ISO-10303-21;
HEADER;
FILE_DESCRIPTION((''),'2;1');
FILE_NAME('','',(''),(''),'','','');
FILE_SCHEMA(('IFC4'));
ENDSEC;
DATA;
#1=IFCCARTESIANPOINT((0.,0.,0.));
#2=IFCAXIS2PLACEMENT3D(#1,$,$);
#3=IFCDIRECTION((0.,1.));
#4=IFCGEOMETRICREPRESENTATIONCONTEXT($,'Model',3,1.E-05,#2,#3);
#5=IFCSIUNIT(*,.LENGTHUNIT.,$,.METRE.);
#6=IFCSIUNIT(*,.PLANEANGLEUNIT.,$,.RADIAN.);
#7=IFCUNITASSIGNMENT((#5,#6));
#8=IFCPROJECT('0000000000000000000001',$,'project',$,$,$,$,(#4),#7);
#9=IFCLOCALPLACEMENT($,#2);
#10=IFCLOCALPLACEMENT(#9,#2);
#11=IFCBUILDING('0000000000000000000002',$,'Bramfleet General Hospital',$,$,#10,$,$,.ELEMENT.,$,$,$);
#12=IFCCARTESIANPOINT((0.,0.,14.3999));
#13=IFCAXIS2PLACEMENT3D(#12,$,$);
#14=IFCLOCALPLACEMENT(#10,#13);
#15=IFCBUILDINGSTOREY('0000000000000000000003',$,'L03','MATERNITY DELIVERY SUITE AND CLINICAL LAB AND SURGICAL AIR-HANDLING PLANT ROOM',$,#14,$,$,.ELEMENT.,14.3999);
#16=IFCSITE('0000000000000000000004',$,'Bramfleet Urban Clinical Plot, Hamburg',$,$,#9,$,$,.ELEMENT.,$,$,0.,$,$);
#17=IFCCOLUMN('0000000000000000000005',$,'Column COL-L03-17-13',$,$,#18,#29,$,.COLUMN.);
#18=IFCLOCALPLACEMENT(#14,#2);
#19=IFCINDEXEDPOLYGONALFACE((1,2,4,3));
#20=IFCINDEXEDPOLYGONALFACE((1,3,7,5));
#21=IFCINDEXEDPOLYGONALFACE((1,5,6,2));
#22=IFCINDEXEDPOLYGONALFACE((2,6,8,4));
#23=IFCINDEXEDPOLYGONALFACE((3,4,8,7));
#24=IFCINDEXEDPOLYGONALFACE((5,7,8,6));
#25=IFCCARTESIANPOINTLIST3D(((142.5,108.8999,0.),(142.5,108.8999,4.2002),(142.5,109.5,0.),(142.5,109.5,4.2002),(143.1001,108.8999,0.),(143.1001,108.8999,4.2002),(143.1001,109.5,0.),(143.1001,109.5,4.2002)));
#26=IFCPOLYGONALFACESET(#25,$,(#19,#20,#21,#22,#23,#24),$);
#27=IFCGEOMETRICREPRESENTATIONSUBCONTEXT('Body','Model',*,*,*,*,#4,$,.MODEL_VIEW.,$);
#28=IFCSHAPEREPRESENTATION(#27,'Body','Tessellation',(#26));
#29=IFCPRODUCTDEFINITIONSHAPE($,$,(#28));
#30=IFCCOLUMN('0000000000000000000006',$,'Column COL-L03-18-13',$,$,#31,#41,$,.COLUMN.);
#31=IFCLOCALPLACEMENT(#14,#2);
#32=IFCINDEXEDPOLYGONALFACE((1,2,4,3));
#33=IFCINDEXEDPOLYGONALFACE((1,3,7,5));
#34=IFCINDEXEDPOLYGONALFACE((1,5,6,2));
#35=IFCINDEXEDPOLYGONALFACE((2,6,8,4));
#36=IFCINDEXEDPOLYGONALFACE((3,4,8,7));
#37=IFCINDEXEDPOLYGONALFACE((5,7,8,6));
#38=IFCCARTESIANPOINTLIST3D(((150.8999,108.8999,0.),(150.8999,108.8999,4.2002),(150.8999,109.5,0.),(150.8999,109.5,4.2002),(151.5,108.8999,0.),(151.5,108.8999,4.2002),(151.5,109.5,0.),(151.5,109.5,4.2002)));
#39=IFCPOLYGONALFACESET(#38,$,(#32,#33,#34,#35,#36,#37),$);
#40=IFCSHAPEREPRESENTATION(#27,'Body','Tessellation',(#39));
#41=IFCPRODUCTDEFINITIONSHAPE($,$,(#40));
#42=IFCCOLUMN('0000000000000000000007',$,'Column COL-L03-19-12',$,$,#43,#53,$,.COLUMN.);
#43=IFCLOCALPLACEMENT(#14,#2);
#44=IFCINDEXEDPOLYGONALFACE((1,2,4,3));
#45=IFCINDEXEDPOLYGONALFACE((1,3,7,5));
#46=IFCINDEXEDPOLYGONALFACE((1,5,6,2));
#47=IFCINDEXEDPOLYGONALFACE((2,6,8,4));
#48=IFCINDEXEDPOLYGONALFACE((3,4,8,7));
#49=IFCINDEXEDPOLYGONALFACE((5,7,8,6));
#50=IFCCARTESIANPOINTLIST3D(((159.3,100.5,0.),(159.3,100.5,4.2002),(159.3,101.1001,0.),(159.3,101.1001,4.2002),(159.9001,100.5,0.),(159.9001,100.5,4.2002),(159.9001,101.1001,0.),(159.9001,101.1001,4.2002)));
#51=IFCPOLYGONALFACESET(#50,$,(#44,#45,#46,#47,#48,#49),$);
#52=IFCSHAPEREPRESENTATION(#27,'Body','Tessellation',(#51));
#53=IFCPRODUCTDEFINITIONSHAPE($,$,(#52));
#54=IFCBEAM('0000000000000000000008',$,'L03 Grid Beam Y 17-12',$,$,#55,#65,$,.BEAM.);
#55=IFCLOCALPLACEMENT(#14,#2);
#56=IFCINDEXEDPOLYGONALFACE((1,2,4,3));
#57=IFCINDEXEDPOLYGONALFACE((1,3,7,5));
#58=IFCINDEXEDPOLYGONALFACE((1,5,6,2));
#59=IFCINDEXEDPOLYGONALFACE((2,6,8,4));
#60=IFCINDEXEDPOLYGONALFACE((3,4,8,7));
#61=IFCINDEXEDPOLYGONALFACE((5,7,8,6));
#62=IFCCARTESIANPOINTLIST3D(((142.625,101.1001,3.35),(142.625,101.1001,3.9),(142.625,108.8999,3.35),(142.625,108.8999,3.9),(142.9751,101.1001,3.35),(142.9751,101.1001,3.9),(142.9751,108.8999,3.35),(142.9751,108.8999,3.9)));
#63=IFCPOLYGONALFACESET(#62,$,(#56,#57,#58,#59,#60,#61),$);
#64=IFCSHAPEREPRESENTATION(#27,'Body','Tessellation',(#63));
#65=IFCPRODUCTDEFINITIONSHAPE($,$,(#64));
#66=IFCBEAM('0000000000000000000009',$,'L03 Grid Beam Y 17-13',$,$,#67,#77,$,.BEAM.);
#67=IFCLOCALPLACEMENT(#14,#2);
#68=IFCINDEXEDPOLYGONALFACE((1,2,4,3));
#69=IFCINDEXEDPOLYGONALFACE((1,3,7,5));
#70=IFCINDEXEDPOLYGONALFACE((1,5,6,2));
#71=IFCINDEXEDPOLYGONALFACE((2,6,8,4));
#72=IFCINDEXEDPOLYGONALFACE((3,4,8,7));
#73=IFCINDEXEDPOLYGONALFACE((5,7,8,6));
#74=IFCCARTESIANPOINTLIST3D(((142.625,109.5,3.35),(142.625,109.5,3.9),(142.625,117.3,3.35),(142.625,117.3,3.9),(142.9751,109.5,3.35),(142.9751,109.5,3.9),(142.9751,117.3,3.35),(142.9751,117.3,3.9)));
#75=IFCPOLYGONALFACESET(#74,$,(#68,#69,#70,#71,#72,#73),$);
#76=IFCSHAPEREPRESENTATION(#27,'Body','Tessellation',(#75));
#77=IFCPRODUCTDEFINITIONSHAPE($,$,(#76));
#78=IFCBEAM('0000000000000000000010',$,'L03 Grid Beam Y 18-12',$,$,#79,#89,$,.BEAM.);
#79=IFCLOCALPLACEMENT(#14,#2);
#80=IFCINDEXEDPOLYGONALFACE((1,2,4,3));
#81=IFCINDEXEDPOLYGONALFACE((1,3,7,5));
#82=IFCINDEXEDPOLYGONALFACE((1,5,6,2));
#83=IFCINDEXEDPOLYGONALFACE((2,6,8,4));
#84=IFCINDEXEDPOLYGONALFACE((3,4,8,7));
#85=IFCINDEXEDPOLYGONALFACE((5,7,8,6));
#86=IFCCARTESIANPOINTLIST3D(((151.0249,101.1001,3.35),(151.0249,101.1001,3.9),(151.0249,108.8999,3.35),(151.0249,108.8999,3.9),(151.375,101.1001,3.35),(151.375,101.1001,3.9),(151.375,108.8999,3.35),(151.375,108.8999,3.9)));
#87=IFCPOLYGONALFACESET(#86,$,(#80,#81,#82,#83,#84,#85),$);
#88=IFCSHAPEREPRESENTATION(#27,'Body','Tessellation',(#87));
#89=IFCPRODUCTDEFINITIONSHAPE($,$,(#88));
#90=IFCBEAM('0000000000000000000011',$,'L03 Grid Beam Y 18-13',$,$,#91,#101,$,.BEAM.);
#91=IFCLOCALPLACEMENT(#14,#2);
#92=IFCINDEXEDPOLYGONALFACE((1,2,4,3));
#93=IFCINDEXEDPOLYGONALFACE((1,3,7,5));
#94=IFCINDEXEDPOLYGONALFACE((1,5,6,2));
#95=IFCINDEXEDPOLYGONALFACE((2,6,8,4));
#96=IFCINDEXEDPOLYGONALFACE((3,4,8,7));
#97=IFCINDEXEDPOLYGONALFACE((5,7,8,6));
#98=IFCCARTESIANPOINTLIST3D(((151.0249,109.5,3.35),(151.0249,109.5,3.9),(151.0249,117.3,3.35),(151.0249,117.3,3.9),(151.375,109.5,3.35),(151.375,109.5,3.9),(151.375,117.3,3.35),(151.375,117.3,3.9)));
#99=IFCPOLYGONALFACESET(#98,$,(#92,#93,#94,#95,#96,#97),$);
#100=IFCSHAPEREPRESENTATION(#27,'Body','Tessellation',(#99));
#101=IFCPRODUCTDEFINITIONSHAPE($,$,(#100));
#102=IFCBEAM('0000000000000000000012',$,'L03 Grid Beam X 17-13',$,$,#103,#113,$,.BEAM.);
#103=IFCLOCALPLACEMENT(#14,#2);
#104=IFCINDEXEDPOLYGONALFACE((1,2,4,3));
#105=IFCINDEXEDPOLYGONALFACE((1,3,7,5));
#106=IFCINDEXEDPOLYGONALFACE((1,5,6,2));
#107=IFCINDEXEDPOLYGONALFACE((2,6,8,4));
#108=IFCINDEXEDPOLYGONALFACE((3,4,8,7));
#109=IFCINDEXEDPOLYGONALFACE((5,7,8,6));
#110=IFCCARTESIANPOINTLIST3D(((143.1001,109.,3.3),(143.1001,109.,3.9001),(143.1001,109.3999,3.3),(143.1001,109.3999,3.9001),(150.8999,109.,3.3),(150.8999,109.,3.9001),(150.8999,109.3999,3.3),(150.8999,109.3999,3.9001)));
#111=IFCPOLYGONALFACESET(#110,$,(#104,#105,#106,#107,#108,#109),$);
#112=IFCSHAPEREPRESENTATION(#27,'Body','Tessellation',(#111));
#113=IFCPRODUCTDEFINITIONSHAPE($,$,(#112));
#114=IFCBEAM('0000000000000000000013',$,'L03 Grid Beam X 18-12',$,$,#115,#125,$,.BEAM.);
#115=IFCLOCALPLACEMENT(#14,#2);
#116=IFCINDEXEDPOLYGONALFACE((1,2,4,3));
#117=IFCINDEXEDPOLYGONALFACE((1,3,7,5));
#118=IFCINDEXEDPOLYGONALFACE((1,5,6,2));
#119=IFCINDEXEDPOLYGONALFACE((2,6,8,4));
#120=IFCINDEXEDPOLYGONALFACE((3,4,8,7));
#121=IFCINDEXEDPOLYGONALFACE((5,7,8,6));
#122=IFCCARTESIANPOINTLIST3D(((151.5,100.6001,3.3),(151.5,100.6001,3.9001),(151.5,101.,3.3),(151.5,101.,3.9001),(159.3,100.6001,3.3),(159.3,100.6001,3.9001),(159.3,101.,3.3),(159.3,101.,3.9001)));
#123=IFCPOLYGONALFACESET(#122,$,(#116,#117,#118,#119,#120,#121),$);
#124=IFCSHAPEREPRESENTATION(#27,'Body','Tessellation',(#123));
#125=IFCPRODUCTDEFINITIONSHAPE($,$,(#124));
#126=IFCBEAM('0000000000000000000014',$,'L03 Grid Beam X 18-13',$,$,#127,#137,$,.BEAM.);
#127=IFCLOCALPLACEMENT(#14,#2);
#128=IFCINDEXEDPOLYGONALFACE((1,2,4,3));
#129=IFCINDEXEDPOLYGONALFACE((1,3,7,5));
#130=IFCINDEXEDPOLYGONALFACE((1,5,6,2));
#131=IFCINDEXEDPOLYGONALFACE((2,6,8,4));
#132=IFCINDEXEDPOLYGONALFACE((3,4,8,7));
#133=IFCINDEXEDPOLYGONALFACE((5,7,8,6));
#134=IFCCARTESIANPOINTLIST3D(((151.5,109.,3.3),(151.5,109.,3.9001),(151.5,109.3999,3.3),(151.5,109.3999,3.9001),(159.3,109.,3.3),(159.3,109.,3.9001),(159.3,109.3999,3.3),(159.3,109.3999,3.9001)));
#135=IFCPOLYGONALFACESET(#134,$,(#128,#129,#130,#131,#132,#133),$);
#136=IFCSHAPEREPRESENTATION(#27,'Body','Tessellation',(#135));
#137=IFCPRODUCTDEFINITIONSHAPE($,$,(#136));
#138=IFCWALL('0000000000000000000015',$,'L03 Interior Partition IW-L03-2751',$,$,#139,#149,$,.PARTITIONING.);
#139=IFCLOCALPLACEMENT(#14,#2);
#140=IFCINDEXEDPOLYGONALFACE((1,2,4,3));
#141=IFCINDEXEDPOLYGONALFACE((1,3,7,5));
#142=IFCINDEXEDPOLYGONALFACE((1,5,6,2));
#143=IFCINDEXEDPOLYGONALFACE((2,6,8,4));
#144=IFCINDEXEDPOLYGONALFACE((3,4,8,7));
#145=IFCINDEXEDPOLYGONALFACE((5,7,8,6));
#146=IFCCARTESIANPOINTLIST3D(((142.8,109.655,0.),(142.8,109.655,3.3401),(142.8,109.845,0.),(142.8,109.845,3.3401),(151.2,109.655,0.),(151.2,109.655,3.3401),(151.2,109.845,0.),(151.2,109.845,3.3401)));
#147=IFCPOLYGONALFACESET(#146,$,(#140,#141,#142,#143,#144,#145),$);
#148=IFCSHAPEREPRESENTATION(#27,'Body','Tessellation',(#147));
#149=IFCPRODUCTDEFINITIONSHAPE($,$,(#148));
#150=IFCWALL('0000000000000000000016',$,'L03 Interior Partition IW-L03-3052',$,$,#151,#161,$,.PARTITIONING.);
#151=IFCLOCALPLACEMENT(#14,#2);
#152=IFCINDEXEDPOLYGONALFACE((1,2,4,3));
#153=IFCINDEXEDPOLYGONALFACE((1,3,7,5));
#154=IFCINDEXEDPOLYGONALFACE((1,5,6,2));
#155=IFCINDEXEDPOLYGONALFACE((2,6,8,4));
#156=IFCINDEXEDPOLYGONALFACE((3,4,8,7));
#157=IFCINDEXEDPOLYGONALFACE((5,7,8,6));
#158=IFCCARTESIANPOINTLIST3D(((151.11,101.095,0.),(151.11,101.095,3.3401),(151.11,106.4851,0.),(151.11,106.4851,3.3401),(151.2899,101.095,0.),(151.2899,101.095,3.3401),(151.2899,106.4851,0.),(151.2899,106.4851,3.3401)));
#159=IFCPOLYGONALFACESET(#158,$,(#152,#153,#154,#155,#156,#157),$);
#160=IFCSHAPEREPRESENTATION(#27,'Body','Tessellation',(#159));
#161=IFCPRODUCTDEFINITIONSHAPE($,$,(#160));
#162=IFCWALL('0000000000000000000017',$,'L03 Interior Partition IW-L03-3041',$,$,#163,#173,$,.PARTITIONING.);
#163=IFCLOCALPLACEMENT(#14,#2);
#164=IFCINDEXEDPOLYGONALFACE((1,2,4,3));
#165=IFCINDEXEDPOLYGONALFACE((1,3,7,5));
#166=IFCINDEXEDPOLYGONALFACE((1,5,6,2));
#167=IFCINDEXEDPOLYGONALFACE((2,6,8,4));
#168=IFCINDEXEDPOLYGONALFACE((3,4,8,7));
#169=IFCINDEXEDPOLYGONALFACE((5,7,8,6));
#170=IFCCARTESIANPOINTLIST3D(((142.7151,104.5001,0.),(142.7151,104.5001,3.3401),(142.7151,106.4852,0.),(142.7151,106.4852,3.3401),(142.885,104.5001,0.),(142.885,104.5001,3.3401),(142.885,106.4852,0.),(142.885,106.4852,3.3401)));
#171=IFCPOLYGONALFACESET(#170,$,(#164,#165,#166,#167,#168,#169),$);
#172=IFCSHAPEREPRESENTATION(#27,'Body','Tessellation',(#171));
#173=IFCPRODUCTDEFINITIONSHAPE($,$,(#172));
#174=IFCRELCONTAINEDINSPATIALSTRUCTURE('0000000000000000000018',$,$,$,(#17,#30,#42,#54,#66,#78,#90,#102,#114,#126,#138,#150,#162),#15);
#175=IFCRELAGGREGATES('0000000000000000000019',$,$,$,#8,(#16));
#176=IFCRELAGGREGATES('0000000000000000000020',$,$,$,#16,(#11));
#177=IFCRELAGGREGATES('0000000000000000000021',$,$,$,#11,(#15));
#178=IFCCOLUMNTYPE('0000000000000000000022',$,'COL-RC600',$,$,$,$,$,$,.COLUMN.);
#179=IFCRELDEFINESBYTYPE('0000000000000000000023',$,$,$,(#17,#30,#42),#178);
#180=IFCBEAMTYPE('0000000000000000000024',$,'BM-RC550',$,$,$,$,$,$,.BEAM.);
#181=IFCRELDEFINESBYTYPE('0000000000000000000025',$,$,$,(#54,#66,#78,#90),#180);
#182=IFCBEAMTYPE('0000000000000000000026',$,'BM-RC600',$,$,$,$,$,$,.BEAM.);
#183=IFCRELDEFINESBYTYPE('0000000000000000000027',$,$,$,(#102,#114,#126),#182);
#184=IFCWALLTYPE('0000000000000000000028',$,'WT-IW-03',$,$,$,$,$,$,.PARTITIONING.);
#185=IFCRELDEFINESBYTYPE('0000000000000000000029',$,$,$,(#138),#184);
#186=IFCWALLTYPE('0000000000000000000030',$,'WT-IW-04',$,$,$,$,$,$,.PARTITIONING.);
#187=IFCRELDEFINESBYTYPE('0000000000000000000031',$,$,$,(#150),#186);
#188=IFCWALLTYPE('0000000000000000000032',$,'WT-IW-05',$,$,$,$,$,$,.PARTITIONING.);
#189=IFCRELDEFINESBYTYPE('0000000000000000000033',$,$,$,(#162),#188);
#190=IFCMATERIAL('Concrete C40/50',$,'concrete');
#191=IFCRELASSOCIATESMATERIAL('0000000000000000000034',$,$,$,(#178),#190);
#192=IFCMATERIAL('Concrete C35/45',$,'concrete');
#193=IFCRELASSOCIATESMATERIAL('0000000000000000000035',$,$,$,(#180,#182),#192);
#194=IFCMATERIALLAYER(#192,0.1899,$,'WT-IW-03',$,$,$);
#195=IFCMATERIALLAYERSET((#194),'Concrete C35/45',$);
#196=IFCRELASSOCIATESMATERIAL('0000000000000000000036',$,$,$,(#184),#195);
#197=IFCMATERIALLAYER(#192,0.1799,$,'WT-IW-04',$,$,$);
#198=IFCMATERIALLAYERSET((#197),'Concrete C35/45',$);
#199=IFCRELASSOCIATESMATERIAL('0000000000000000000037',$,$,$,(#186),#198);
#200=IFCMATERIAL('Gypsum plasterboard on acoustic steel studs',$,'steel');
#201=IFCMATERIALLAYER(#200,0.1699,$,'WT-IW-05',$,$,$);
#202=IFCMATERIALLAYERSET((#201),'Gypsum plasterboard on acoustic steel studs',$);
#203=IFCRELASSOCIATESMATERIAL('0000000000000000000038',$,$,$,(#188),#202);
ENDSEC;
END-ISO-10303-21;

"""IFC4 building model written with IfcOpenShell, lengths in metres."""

from ifc_helpers import new_model, si_unit, direction, frame, frame_2d, origin, origin_2d, place, context, subcontext, project, spatial, rectangle, extrude, material, layer, layer_set, material_profile, profile_set, type_object, element, save


model = new_model("IFC4")

# Units and contexts
model_context = context("Model", 3, precision=1e-05, world=origin(), true_north=direction((0.0, 1.0)))
body_context = subcontext(model_context, "Body", "Model", "MODEL_VIEW")
ifc_project = project(units=[si_unit("LENGTHUNIT", "METRE"), si_unit("PLANEANGLEUNIT", "RADIAN")], contexts=[model_context])

# Site, building, storey
site_placement = place(None, origin())
site = spatial("IfcSite", under=ifc_project, at=site_placement, Name="Bramfleet Urban Clinical Plot, Hamburg", CompositionType="ELEMENT", RefElevation=0.0)
building_placement = place(site_placement, origin())
building = spatial("IfcBuilding", under=site, at=building_placement, Name="Bramfleet General Hospital", CompositionType="ELEMENT")
storey_placement = place(building_placement, frame((0.0, 0.0, 14.3999)))
storey = spatial("IfcBuildingStorey", under=building, at=storey_placement, Name="L03", Description="MATERNITY DELIVERY SUITE AND CLINICAL LAB AND SURGICAL AIR-HANDLING PLANT ROOM", CompositionType="ELEMENT", Elevation=14.3999)

# Columns
ifc_material_1 = material(Name="Concrete C40/50", Category="concrete")
ifc_material_profile_1 = material_profile(ifc_material_1, rectangle(XDim=0.6001, YDim=0.6001, at=origin_2d()), Name="RC COL 600x600")
ifc_profile_set_1 = profile_set([ifc_material_profile_1], Name="Concrete C40/50")
column_type = type_object("IfcColumnType", Name="COL-RC600", PredefinedType="COLUMN", material=ifc_profile_set_1)
for number, where, z_axis, x_axis, name in (
    (1, (142.8, 109.2, 0.0), (0.0, 0.0, 1.0), (1.0, 0.0, 0.0), "Column COL-L03-17-13"),
    (2, (151.2, 109.2, 0.0), (0.0, 0.0, 1.0), (1.0, 0.0, 0.0), "Column COL-L03-18-13"),
    (3, (159.6001, 100.8, 0.0), (0.0, 0.0, 1.0), (1.0, 0.0, 0.0), "Column COL-L03-19-12"),
):
    element("IfcColumn", number, at=place(storey_placement, frame(where, z_axis=z_axis, x_axis=x_axis)), inside=storey, type_object=column_type, Name=name, PredefinedType="COLUMN", context=body_context, shape_type="SweptSolid", body=[
        extrude(rectangle(XDim=0.6001, YDim=0.6001, at=origin_2d()), origin(), (0.0, 0.0, 1.0), 4.2002),
    ])

# Beams
ifc_material_2 = material(Name="Concrete C35/45", Category="concrete")
ifc_material_profile_2 = material_profile(ifc_material_2, rectangle(XDim=0.3501, YDim=0.55, at=origin_2d()), Name="RC BM 550x350")
ifc_profile_set_2 = profile_set([ifc_material_profile_2], Name="Concrete C35/45")
beam_type_1 = type_object("IfcBeamType", Name="BM-RC550", PredefinedType="BEAM", material=ifc_profile_set_2)
beam_1_placement = place(storey_placement, frame((142.8, 101.1001, 3.625), z_axis=(0.0, 1.0, 0.0), x_axis=(-1.0, 0.0, 0.0)))
element("IfcBeam", 4, at=beam_1_placement, inside=storey, type_object=beam_type_1, Name="L03 Grid Beam Y 17-12", PredefinedType="BEAM", context=body_context, shape_type="SweptSolid", body=[
    extrude(rectangle(XDim=0.3501, YDim=0.55, at=origin_2d()), origin(), (0.0, 0.0, 1.0), 7.7998),
])
beam_2_placement = place(storey_placement, frame((142.8, 109.5, 3.625), z_axis=(0.0, 1.0, 0.0), x_axis=(-1.0, 0.0, 0.0)))
element("IfcBeam", 5, at=beam_2_placement, inside=storey, type_object=beam_type_1, Name="L03 Grid Beam Y 17-13", PredefinedType="BEAM", context=body_context, shape_type="SweptSolid", body=[
    extrude(rectangle(XDim=0.3501, YDim=0.55, at=origin_2d()), origin(), (0.0, 0.0, 1.0), 7.8),
])
beam_3_placement = place(storey_placement, frame((151.2, 101.1001, 3.625), z_axis=(0.0, 1.0, 0.0), x_axis=(-1.0, 0.0, 0.0)))
element("IfcBeam", 6, at=beam_3_placement, inside=storey, type_object=beam_type_1, Name="L03 Grid Beam Y 18-12", PredefinedType="BEAM", context=body_context, shape_type="SweptSolid", body=[
    extrude(rectangle(XDim=0.3501, YDim=0.55, at=origin_2d()), origin(), (0.0, 0.0, 1.0), 7.7998),
])
beam_4_placement = place(storey_placement, frame((151.2, 109.5, 3.625), z_axis=(0.0, 1.0, 0.0), x_axis=(-1.0, 0.0, 0.0)))
element("IfcBeam", 7, at=beam_4_placement, inside=storey, type_object=beam_type_1, Name="L03 Grid Beam Y 18-13", PredefinedType="BEAM", context=body_context, shape_type="SweptSolid", body=[
    extrude(rectangle(XDim=0.3501, YDim=0.55, at=origin_2d()), origin(), (0.0, 0.0, 1.0), 7.8),
])
ifc_material_profile_3 = material_profile(ifc_material_2, rectangle(XDim=0.3999, YDim=0.6001, at=origin_2d()), Name="RC BM 600x400")
ifc_profile_set_3 = profile_set([ifc_material_profile_3], Name="Concrete C35/45")
beam_type_2 = type_object("IfcBeamType", Name="BM-RC600", PredefinedType="BEAM", material=ifc_profile_set_3)
beam_5_placement = place(storey_placement, frame((143.1001, 109.2, 3.6001), z_axis=(1.0, 0.0, 0.0), x_axis=(0.0, 1.0, 0.0)))
element("IfcBeam", 8, at=beam_5_placement, inside=storey, type_object=beam_type_2, Name="L03 Grid Beam X 17-13", PredefinedType="BEAM", context=body_context, shape_type="SweptSolid", body=[
    extrude(rectangle(XDim=0.3999, YDim=0.6001, at=origin_2d()), origin(), (0.0, 0.0, 1.0), 7.7998),
])
for number, where, z_axis, x_axis, name in (
    (9, (151.5, 100.8, 3.6001), (1.0, 0.0, 0.0), (0.0, 1.0, 0.0), "L03 Grid Beam X 18-12"),
    (10, (151.5, 109.2, 3.6001), (1.0, 0.0, 0.0), (0.0, 1.0, 0.0), "L03 Grid Beam X 18-13"),
):
    element("IfcBeam", number, at=place(storey_placement, frame(where, z_axis=z_axis, x_axis=x_axis)), inside=storey, type_object=beam_type_2, Name=name, PredefinedType="BEAM", context=body_context, shape_type="SweptSolid", body=[
        extrude(rectangle(XDim=0.3999, YDim=0.6001, at=origin_2d()), origin(), (0.0, 0.0, 1.0), 7.8),
    ])

# Walls
ifc_layer_1 = layer(ifc_material_2, 0.1899, Name="WT-IW-03")
ifc_layer_set_1 = layer_set([ifc_layer_1], Name="Concrete C35/45")
wall_type_1 = type_object("IfcWallType", Name="WT-IW-03", PredefinedType="PARTITIONING", material=ifc_layer_set_1)
wall_1_placement = place(storey_placement, frame((142.8, 109.75, 0.0), z_axis=(0.0, 0.0, 1.0), x_axis=(1.0, 0.0, 0.0)))
element("IfcWall", 11, at=wall_1_placement, inside=storey, type_object=wall_type_1, Name="L03 Interior Partition IW-L03-2751", PredefinedType="PARTITIONING", context=body_context, shape_type="SweptSolid", body=[
    extrude(rectangle(XDim=8.3999, YDim=0.1899, at=frame_2d((4.2, 0.0))), origin(), (0.0, 0.0, 1.0), 3.3401),
])
ifc_layer_2 = layer(ifc_material_2, 0.1799, Name="WT-IW-04")
ifc_layer_set_2 = layer_set([ifc_layer_2], Name="Concrete C35/45")
wall_type_2 = type_object("IfcWallType", Name="WT-IW-04", PredefinedType="PARTITIONING", material=ifc_layer_set_2)
wall_2_placement = place(storey_placement, frame((151.2, 101.095, 0.0), z_axis=(0.0, 0.0, 1.0), x_axis=(0.0, 1.0, 0.0)))
element("IfcWall", 12, at=wall_2_placement, inside=storey, type_object=wall_type_2, Name="L03 Interior Partition IW-L03-3052", PredefinedType="PARTITIONING", context=body_context, shape_type="SweptSolid", body=[
    extrude(rectangle(XDim=5.3901, YDim=0.1799, at=frame_2d((2.6951, 0.0))), origin(), (0.0, 0.0, 1.0), 3.3401),
])
ifc_material_3 = material(Name="Gypsum plasterboard on acoustic steel studs", Category="steel")
ifc_layer_3 = layer(ifc_material_3, 0.1699, Name="WT-IW-05")
ifc_layer_set_3 = layer_set([ifc_layer_3], Name="Gypsum plasterboard on acoustic steel studs")
wall_type_3 = type_object("IfcWallType", Name="WT-IW-05", PredefinedType="PARTITIONING", material=ifc_layer_set_3)
wall_3_placement = place(storey_placement, frame((142.8, 104.5, 0.0), z_axis=(0.0, 0.0, 1.0), x_axis=(0.0, 1.0, 0.0)))
element("IfcWall", 13, at=wall_3_placement, inside=storey, type_object=wall_type_3, Name="L03 Interior Partition IW-L03-3041", PredefinedType="PARTITIONING", context=body_context, shape_type="SweptSolid", body=[
    extrude(rectangle(XDim=1.9851, YDim=0.1699, at=frame_2d((0.9927, 0.0))), origin(), (0.0, 0.0, 1.0), 3.3401),
])

save(model, "model.ifc")
